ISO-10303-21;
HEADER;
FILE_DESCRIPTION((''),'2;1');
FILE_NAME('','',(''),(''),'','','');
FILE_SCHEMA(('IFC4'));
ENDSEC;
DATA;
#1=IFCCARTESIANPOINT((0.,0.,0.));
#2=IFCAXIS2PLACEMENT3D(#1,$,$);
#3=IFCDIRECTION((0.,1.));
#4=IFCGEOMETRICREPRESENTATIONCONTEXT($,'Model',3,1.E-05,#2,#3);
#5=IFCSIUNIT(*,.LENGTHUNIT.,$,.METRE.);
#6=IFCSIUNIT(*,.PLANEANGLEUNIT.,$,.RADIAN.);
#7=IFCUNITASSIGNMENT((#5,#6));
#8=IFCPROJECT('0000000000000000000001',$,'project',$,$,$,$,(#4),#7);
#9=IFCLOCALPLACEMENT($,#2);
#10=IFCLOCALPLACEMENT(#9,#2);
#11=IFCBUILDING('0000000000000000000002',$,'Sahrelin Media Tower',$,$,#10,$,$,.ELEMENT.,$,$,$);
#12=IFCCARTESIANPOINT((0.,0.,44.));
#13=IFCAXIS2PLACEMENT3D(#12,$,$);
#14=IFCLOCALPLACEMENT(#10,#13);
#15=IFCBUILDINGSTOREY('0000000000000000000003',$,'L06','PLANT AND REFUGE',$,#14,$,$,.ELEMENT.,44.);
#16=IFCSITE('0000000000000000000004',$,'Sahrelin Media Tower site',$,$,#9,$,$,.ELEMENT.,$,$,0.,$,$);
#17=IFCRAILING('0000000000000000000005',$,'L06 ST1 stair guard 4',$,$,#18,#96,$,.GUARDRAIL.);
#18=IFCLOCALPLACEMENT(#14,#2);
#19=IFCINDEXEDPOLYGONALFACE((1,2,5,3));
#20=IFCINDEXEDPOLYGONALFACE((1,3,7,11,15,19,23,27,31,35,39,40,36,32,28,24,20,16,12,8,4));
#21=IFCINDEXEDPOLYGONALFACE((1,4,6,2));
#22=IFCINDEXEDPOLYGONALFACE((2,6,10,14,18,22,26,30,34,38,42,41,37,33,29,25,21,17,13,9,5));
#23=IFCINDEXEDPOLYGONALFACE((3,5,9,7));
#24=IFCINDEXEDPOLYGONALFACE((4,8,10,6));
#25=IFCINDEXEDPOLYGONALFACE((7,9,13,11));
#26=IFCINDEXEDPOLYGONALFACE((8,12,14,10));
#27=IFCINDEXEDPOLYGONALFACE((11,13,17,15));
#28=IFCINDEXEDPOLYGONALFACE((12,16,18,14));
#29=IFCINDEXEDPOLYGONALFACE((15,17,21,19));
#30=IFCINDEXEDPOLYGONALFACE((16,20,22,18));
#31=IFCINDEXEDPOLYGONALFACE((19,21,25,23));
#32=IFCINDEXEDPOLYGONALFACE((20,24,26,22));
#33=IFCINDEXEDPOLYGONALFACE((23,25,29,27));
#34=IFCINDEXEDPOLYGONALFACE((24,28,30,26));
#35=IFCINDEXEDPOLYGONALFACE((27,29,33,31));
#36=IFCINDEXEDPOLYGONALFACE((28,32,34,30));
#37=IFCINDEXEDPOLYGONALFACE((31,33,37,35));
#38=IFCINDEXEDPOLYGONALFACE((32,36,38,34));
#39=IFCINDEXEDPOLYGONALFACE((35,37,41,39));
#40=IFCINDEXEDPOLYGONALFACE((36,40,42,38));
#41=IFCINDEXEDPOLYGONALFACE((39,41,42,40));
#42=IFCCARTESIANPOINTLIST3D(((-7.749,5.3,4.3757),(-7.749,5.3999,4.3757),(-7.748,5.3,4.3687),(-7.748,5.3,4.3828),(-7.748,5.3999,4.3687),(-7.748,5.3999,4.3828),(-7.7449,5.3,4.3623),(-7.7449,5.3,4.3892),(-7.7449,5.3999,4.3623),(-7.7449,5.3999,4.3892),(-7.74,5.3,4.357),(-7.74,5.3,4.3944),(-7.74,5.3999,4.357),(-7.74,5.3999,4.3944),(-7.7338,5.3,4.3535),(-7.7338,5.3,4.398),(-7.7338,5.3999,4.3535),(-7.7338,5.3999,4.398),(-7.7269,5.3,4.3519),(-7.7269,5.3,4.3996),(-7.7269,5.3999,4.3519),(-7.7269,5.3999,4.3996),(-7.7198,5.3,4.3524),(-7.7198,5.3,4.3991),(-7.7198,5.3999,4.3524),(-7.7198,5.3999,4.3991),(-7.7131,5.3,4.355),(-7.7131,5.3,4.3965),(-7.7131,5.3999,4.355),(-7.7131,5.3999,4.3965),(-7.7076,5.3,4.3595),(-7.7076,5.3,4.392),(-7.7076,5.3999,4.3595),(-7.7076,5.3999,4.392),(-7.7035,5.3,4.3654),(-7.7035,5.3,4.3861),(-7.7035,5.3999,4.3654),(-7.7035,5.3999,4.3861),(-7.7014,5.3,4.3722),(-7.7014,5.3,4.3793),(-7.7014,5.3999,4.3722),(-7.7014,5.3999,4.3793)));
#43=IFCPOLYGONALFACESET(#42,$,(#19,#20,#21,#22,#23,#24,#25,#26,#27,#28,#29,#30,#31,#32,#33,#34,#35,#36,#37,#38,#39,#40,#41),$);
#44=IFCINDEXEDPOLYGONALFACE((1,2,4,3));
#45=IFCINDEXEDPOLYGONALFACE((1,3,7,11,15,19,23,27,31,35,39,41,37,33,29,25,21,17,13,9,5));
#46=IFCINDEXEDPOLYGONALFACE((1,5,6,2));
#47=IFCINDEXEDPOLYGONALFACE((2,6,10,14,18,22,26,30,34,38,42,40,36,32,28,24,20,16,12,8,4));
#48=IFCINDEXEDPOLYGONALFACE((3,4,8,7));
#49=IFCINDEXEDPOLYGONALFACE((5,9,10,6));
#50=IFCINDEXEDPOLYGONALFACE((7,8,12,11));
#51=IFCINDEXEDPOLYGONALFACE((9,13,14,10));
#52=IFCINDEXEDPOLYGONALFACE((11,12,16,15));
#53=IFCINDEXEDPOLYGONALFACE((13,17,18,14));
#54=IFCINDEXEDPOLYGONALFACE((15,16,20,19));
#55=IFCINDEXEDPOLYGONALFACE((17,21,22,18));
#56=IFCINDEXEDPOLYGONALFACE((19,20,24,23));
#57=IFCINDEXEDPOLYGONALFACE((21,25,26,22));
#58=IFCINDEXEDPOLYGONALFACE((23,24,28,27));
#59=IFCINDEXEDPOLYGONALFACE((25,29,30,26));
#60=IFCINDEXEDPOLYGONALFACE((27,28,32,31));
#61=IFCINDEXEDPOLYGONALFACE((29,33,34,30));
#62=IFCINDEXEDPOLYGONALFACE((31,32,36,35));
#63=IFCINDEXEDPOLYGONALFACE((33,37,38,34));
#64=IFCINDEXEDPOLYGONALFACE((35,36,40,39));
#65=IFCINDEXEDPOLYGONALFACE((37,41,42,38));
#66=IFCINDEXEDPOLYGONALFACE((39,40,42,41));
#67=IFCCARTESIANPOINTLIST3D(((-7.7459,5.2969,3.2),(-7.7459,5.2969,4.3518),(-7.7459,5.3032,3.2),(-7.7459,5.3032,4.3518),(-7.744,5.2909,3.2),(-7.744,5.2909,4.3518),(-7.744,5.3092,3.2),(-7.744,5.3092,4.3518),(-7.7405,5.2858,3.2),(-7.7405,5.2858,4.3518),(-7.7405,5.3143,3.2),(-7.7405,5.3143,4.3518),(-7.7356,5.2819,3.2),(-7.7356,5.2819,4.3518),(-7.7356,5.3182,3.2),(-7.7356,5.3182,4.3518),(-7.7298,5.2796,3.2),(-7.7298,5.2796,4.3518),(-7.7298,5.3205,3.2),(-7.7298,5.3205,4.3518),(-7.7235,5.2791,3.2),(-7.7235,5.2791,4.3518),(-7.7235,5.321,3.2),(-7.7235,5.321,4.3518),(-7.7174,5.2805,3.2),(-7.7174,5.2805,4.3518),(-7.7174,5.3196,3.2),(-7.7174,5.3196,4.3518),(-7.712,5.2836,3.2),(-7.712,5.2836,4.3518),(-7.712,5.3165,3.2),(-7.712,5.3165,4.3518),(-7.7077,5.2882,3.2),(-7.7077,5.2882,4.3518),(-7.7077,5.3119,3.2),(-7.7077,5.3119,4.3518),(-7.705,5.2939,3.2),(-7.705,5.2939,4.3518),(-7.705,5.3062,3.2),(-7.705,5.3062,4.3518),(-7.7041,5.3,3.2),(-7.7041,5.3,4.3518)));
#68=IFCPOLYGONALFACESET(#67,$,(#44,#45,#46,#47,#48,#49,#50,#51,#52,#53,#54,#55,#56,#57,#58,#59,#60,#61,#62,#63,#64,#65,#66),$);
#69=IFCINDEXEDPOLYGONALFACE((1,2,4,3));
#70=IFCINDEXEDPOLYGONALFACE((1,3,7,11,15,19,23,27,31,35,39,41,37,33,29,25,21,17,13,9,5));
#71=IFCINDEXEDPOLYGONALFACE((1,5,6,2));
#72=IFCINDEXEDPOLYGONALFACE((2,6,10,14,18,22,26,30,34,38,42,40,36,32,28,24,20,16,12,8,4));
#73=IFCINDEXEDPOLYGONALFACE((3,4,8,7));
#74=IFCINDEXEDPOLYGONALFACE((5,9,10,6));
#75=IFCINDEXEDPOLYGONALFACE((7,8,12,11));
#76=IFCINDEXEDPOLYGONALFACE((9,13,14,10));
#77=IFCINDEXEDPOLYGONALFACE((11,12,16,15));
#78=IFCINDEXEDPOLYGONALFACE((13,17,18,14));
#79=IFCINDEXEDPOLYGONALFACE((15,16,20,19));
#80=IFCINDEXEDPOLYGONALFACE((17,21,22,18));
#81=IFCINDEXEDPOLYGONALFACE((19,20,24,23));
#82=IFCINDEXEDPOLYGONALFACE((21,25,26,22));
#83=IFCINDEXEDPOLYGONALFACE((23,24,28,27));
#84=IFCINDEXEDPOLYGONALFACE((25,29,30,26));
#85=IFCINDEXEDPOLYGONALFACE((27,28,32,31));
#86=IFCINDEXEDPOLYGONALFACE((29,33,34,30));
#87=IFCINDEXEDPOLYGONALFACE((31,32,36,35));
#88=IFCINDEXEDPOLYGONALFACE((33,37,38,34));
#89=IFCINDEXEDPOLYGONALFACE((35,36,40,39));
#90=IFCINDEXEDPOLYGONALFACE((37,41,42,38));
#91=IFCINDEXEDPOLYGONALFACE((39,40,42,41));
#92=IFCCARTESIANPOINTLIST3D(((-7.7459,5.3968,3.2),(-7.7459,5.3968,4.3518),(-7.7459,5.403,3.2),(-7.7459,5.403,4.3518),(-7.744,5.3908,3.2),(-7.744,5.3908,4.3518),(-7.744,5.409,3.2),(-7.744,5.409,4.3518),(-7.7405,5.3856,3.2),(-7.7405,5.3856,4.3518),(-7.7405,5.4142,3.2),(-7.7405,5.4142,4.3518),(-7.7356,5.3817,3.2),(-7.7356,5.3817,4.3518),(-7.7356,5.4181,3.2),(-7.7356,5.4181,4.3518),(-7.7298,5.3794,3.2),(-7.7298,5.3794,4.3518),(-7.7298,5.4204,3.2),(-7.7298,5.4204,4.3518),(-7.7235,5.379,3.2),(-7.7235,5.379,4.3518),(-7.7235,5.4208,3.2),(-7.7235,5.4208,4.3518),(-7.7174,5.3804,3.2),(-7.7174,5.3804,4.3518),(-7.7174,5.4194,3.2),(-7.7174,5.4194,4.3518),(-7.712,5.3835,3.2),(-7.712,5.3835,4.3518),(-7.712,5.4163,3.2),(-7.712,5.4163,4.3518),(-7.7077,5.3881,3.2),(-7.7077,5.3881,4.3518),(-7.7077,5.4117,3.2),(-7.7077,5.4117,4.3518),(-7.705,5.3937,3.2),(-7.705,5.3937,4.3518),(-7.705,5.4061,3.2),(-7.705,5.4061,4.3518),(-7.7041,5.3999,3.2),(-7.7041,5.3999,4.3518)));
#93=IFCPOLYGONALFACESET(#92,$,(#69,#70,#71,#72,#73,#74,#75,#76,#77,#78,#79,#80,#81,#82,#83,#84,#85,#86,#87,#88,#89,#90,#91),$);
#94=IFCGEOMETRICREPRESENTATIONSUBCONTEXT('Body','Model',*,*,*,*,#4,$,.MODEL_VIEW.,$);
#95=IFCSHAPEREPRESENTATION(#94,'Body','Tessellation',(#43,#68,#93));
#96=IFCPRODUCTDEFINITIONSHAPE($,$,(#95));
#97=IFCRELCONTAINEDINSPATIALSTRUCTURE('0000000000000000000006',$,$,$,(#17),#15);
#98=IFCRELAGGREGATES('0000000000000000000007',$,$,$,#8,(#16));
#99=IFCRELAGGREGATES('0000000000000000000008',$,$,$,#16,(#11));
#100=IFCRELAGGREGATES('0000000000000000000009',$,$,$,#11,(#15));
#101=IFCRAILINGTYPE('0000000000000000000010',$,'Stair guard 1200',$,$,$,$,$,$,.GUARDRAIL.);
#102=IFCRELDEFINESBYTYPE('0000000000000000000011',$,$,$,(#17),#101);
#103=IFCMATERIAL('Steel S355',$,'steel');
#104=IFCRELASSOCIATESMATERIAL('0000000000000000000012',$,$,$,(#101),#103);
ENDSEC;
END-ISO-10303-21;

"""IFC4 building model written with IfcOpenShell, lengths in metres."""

from ifc_helpers import new_model, si_unit, direction, frame, origin, origin_2d, place, context, subcontext, project, spatial, circle, extrude, material, type_object, element, save


model = new_model("IFC4")

# Units and contexts
model_context = context("Model", 3, precision=1e-05, world=origin(), true_north=direction((0.0, 1.0)))
body_context = subcontext(model_context, "Body", "Model", "MODEL_VIEW")
ifc_project = project(units=[si_unit("LENGTHUNIT", "METRE"), si_unit("PLANEANGLEUNIT", "RADIAN")], contexts=[model_context])

# Site, building, storey
site_placement = place(None, origin())
site = spatial("IfcSite", under=ifc_project, at=site_placement, Name="Sahrelin Media Tower site", CompositionType="ELEMENT", RefElevation=0.0)
building_placement = place(site_placement, origin())
building = spatial("IfcBuilding", under=site, at=building_placement, Name="Sahrelin Media Tower", CompositionType="ELEMENT")
storey_placement = place(building_placement, frame((0.0, 0.0, 44.0)))
storey = spatial("IfcBuildingStorey", under=building, at=storey_placement, Name="L06", Description="PLANT AND REFUGE", CompositionType="ELEMENT", Elevation=44.0)

# Railing
ifc_material_1 = material(Name="Steel S355", Category="steel")
railing_type_1 = type_object("IfcRailingType", Name="Stair guard 1200", PredefinedType="GUARDRAIL", material=ifc_material_1)
railing_1_placement = place(storey_placement, frame((-7.7251, 5.3, 3.2)))
element("IfcRailing", 1, at=railing_1_placement, inside=storey, type_object=railing_type_1, Name="L06 ST1 stair guard 4", PredefinedType="GUARDRAIL", context=body_context, shape_type="SweptSolid", body=[
    extrude(circle(Radius=0.0239, at=origin_2d()), frame((0.0, 0.0, 1.1758), z_axis=(0.0, 1.0, 0.0), x_axis=(-1.0, 0.0, 0.0)), (0.0, 0.0, 1.0), 0.0999),
    extrude(circle(Radius=0.021, at=origin_2d()), origin(), (0.0, 0.0, 1.0), 1.1519),
    extrude(circle(Radius=0.021, at=origin_2d()), frame((0.0, 0.0999, 0.0)), (0.0, 0.0, 1.0), 1.1519),
])

save(model, "model.ifc")
